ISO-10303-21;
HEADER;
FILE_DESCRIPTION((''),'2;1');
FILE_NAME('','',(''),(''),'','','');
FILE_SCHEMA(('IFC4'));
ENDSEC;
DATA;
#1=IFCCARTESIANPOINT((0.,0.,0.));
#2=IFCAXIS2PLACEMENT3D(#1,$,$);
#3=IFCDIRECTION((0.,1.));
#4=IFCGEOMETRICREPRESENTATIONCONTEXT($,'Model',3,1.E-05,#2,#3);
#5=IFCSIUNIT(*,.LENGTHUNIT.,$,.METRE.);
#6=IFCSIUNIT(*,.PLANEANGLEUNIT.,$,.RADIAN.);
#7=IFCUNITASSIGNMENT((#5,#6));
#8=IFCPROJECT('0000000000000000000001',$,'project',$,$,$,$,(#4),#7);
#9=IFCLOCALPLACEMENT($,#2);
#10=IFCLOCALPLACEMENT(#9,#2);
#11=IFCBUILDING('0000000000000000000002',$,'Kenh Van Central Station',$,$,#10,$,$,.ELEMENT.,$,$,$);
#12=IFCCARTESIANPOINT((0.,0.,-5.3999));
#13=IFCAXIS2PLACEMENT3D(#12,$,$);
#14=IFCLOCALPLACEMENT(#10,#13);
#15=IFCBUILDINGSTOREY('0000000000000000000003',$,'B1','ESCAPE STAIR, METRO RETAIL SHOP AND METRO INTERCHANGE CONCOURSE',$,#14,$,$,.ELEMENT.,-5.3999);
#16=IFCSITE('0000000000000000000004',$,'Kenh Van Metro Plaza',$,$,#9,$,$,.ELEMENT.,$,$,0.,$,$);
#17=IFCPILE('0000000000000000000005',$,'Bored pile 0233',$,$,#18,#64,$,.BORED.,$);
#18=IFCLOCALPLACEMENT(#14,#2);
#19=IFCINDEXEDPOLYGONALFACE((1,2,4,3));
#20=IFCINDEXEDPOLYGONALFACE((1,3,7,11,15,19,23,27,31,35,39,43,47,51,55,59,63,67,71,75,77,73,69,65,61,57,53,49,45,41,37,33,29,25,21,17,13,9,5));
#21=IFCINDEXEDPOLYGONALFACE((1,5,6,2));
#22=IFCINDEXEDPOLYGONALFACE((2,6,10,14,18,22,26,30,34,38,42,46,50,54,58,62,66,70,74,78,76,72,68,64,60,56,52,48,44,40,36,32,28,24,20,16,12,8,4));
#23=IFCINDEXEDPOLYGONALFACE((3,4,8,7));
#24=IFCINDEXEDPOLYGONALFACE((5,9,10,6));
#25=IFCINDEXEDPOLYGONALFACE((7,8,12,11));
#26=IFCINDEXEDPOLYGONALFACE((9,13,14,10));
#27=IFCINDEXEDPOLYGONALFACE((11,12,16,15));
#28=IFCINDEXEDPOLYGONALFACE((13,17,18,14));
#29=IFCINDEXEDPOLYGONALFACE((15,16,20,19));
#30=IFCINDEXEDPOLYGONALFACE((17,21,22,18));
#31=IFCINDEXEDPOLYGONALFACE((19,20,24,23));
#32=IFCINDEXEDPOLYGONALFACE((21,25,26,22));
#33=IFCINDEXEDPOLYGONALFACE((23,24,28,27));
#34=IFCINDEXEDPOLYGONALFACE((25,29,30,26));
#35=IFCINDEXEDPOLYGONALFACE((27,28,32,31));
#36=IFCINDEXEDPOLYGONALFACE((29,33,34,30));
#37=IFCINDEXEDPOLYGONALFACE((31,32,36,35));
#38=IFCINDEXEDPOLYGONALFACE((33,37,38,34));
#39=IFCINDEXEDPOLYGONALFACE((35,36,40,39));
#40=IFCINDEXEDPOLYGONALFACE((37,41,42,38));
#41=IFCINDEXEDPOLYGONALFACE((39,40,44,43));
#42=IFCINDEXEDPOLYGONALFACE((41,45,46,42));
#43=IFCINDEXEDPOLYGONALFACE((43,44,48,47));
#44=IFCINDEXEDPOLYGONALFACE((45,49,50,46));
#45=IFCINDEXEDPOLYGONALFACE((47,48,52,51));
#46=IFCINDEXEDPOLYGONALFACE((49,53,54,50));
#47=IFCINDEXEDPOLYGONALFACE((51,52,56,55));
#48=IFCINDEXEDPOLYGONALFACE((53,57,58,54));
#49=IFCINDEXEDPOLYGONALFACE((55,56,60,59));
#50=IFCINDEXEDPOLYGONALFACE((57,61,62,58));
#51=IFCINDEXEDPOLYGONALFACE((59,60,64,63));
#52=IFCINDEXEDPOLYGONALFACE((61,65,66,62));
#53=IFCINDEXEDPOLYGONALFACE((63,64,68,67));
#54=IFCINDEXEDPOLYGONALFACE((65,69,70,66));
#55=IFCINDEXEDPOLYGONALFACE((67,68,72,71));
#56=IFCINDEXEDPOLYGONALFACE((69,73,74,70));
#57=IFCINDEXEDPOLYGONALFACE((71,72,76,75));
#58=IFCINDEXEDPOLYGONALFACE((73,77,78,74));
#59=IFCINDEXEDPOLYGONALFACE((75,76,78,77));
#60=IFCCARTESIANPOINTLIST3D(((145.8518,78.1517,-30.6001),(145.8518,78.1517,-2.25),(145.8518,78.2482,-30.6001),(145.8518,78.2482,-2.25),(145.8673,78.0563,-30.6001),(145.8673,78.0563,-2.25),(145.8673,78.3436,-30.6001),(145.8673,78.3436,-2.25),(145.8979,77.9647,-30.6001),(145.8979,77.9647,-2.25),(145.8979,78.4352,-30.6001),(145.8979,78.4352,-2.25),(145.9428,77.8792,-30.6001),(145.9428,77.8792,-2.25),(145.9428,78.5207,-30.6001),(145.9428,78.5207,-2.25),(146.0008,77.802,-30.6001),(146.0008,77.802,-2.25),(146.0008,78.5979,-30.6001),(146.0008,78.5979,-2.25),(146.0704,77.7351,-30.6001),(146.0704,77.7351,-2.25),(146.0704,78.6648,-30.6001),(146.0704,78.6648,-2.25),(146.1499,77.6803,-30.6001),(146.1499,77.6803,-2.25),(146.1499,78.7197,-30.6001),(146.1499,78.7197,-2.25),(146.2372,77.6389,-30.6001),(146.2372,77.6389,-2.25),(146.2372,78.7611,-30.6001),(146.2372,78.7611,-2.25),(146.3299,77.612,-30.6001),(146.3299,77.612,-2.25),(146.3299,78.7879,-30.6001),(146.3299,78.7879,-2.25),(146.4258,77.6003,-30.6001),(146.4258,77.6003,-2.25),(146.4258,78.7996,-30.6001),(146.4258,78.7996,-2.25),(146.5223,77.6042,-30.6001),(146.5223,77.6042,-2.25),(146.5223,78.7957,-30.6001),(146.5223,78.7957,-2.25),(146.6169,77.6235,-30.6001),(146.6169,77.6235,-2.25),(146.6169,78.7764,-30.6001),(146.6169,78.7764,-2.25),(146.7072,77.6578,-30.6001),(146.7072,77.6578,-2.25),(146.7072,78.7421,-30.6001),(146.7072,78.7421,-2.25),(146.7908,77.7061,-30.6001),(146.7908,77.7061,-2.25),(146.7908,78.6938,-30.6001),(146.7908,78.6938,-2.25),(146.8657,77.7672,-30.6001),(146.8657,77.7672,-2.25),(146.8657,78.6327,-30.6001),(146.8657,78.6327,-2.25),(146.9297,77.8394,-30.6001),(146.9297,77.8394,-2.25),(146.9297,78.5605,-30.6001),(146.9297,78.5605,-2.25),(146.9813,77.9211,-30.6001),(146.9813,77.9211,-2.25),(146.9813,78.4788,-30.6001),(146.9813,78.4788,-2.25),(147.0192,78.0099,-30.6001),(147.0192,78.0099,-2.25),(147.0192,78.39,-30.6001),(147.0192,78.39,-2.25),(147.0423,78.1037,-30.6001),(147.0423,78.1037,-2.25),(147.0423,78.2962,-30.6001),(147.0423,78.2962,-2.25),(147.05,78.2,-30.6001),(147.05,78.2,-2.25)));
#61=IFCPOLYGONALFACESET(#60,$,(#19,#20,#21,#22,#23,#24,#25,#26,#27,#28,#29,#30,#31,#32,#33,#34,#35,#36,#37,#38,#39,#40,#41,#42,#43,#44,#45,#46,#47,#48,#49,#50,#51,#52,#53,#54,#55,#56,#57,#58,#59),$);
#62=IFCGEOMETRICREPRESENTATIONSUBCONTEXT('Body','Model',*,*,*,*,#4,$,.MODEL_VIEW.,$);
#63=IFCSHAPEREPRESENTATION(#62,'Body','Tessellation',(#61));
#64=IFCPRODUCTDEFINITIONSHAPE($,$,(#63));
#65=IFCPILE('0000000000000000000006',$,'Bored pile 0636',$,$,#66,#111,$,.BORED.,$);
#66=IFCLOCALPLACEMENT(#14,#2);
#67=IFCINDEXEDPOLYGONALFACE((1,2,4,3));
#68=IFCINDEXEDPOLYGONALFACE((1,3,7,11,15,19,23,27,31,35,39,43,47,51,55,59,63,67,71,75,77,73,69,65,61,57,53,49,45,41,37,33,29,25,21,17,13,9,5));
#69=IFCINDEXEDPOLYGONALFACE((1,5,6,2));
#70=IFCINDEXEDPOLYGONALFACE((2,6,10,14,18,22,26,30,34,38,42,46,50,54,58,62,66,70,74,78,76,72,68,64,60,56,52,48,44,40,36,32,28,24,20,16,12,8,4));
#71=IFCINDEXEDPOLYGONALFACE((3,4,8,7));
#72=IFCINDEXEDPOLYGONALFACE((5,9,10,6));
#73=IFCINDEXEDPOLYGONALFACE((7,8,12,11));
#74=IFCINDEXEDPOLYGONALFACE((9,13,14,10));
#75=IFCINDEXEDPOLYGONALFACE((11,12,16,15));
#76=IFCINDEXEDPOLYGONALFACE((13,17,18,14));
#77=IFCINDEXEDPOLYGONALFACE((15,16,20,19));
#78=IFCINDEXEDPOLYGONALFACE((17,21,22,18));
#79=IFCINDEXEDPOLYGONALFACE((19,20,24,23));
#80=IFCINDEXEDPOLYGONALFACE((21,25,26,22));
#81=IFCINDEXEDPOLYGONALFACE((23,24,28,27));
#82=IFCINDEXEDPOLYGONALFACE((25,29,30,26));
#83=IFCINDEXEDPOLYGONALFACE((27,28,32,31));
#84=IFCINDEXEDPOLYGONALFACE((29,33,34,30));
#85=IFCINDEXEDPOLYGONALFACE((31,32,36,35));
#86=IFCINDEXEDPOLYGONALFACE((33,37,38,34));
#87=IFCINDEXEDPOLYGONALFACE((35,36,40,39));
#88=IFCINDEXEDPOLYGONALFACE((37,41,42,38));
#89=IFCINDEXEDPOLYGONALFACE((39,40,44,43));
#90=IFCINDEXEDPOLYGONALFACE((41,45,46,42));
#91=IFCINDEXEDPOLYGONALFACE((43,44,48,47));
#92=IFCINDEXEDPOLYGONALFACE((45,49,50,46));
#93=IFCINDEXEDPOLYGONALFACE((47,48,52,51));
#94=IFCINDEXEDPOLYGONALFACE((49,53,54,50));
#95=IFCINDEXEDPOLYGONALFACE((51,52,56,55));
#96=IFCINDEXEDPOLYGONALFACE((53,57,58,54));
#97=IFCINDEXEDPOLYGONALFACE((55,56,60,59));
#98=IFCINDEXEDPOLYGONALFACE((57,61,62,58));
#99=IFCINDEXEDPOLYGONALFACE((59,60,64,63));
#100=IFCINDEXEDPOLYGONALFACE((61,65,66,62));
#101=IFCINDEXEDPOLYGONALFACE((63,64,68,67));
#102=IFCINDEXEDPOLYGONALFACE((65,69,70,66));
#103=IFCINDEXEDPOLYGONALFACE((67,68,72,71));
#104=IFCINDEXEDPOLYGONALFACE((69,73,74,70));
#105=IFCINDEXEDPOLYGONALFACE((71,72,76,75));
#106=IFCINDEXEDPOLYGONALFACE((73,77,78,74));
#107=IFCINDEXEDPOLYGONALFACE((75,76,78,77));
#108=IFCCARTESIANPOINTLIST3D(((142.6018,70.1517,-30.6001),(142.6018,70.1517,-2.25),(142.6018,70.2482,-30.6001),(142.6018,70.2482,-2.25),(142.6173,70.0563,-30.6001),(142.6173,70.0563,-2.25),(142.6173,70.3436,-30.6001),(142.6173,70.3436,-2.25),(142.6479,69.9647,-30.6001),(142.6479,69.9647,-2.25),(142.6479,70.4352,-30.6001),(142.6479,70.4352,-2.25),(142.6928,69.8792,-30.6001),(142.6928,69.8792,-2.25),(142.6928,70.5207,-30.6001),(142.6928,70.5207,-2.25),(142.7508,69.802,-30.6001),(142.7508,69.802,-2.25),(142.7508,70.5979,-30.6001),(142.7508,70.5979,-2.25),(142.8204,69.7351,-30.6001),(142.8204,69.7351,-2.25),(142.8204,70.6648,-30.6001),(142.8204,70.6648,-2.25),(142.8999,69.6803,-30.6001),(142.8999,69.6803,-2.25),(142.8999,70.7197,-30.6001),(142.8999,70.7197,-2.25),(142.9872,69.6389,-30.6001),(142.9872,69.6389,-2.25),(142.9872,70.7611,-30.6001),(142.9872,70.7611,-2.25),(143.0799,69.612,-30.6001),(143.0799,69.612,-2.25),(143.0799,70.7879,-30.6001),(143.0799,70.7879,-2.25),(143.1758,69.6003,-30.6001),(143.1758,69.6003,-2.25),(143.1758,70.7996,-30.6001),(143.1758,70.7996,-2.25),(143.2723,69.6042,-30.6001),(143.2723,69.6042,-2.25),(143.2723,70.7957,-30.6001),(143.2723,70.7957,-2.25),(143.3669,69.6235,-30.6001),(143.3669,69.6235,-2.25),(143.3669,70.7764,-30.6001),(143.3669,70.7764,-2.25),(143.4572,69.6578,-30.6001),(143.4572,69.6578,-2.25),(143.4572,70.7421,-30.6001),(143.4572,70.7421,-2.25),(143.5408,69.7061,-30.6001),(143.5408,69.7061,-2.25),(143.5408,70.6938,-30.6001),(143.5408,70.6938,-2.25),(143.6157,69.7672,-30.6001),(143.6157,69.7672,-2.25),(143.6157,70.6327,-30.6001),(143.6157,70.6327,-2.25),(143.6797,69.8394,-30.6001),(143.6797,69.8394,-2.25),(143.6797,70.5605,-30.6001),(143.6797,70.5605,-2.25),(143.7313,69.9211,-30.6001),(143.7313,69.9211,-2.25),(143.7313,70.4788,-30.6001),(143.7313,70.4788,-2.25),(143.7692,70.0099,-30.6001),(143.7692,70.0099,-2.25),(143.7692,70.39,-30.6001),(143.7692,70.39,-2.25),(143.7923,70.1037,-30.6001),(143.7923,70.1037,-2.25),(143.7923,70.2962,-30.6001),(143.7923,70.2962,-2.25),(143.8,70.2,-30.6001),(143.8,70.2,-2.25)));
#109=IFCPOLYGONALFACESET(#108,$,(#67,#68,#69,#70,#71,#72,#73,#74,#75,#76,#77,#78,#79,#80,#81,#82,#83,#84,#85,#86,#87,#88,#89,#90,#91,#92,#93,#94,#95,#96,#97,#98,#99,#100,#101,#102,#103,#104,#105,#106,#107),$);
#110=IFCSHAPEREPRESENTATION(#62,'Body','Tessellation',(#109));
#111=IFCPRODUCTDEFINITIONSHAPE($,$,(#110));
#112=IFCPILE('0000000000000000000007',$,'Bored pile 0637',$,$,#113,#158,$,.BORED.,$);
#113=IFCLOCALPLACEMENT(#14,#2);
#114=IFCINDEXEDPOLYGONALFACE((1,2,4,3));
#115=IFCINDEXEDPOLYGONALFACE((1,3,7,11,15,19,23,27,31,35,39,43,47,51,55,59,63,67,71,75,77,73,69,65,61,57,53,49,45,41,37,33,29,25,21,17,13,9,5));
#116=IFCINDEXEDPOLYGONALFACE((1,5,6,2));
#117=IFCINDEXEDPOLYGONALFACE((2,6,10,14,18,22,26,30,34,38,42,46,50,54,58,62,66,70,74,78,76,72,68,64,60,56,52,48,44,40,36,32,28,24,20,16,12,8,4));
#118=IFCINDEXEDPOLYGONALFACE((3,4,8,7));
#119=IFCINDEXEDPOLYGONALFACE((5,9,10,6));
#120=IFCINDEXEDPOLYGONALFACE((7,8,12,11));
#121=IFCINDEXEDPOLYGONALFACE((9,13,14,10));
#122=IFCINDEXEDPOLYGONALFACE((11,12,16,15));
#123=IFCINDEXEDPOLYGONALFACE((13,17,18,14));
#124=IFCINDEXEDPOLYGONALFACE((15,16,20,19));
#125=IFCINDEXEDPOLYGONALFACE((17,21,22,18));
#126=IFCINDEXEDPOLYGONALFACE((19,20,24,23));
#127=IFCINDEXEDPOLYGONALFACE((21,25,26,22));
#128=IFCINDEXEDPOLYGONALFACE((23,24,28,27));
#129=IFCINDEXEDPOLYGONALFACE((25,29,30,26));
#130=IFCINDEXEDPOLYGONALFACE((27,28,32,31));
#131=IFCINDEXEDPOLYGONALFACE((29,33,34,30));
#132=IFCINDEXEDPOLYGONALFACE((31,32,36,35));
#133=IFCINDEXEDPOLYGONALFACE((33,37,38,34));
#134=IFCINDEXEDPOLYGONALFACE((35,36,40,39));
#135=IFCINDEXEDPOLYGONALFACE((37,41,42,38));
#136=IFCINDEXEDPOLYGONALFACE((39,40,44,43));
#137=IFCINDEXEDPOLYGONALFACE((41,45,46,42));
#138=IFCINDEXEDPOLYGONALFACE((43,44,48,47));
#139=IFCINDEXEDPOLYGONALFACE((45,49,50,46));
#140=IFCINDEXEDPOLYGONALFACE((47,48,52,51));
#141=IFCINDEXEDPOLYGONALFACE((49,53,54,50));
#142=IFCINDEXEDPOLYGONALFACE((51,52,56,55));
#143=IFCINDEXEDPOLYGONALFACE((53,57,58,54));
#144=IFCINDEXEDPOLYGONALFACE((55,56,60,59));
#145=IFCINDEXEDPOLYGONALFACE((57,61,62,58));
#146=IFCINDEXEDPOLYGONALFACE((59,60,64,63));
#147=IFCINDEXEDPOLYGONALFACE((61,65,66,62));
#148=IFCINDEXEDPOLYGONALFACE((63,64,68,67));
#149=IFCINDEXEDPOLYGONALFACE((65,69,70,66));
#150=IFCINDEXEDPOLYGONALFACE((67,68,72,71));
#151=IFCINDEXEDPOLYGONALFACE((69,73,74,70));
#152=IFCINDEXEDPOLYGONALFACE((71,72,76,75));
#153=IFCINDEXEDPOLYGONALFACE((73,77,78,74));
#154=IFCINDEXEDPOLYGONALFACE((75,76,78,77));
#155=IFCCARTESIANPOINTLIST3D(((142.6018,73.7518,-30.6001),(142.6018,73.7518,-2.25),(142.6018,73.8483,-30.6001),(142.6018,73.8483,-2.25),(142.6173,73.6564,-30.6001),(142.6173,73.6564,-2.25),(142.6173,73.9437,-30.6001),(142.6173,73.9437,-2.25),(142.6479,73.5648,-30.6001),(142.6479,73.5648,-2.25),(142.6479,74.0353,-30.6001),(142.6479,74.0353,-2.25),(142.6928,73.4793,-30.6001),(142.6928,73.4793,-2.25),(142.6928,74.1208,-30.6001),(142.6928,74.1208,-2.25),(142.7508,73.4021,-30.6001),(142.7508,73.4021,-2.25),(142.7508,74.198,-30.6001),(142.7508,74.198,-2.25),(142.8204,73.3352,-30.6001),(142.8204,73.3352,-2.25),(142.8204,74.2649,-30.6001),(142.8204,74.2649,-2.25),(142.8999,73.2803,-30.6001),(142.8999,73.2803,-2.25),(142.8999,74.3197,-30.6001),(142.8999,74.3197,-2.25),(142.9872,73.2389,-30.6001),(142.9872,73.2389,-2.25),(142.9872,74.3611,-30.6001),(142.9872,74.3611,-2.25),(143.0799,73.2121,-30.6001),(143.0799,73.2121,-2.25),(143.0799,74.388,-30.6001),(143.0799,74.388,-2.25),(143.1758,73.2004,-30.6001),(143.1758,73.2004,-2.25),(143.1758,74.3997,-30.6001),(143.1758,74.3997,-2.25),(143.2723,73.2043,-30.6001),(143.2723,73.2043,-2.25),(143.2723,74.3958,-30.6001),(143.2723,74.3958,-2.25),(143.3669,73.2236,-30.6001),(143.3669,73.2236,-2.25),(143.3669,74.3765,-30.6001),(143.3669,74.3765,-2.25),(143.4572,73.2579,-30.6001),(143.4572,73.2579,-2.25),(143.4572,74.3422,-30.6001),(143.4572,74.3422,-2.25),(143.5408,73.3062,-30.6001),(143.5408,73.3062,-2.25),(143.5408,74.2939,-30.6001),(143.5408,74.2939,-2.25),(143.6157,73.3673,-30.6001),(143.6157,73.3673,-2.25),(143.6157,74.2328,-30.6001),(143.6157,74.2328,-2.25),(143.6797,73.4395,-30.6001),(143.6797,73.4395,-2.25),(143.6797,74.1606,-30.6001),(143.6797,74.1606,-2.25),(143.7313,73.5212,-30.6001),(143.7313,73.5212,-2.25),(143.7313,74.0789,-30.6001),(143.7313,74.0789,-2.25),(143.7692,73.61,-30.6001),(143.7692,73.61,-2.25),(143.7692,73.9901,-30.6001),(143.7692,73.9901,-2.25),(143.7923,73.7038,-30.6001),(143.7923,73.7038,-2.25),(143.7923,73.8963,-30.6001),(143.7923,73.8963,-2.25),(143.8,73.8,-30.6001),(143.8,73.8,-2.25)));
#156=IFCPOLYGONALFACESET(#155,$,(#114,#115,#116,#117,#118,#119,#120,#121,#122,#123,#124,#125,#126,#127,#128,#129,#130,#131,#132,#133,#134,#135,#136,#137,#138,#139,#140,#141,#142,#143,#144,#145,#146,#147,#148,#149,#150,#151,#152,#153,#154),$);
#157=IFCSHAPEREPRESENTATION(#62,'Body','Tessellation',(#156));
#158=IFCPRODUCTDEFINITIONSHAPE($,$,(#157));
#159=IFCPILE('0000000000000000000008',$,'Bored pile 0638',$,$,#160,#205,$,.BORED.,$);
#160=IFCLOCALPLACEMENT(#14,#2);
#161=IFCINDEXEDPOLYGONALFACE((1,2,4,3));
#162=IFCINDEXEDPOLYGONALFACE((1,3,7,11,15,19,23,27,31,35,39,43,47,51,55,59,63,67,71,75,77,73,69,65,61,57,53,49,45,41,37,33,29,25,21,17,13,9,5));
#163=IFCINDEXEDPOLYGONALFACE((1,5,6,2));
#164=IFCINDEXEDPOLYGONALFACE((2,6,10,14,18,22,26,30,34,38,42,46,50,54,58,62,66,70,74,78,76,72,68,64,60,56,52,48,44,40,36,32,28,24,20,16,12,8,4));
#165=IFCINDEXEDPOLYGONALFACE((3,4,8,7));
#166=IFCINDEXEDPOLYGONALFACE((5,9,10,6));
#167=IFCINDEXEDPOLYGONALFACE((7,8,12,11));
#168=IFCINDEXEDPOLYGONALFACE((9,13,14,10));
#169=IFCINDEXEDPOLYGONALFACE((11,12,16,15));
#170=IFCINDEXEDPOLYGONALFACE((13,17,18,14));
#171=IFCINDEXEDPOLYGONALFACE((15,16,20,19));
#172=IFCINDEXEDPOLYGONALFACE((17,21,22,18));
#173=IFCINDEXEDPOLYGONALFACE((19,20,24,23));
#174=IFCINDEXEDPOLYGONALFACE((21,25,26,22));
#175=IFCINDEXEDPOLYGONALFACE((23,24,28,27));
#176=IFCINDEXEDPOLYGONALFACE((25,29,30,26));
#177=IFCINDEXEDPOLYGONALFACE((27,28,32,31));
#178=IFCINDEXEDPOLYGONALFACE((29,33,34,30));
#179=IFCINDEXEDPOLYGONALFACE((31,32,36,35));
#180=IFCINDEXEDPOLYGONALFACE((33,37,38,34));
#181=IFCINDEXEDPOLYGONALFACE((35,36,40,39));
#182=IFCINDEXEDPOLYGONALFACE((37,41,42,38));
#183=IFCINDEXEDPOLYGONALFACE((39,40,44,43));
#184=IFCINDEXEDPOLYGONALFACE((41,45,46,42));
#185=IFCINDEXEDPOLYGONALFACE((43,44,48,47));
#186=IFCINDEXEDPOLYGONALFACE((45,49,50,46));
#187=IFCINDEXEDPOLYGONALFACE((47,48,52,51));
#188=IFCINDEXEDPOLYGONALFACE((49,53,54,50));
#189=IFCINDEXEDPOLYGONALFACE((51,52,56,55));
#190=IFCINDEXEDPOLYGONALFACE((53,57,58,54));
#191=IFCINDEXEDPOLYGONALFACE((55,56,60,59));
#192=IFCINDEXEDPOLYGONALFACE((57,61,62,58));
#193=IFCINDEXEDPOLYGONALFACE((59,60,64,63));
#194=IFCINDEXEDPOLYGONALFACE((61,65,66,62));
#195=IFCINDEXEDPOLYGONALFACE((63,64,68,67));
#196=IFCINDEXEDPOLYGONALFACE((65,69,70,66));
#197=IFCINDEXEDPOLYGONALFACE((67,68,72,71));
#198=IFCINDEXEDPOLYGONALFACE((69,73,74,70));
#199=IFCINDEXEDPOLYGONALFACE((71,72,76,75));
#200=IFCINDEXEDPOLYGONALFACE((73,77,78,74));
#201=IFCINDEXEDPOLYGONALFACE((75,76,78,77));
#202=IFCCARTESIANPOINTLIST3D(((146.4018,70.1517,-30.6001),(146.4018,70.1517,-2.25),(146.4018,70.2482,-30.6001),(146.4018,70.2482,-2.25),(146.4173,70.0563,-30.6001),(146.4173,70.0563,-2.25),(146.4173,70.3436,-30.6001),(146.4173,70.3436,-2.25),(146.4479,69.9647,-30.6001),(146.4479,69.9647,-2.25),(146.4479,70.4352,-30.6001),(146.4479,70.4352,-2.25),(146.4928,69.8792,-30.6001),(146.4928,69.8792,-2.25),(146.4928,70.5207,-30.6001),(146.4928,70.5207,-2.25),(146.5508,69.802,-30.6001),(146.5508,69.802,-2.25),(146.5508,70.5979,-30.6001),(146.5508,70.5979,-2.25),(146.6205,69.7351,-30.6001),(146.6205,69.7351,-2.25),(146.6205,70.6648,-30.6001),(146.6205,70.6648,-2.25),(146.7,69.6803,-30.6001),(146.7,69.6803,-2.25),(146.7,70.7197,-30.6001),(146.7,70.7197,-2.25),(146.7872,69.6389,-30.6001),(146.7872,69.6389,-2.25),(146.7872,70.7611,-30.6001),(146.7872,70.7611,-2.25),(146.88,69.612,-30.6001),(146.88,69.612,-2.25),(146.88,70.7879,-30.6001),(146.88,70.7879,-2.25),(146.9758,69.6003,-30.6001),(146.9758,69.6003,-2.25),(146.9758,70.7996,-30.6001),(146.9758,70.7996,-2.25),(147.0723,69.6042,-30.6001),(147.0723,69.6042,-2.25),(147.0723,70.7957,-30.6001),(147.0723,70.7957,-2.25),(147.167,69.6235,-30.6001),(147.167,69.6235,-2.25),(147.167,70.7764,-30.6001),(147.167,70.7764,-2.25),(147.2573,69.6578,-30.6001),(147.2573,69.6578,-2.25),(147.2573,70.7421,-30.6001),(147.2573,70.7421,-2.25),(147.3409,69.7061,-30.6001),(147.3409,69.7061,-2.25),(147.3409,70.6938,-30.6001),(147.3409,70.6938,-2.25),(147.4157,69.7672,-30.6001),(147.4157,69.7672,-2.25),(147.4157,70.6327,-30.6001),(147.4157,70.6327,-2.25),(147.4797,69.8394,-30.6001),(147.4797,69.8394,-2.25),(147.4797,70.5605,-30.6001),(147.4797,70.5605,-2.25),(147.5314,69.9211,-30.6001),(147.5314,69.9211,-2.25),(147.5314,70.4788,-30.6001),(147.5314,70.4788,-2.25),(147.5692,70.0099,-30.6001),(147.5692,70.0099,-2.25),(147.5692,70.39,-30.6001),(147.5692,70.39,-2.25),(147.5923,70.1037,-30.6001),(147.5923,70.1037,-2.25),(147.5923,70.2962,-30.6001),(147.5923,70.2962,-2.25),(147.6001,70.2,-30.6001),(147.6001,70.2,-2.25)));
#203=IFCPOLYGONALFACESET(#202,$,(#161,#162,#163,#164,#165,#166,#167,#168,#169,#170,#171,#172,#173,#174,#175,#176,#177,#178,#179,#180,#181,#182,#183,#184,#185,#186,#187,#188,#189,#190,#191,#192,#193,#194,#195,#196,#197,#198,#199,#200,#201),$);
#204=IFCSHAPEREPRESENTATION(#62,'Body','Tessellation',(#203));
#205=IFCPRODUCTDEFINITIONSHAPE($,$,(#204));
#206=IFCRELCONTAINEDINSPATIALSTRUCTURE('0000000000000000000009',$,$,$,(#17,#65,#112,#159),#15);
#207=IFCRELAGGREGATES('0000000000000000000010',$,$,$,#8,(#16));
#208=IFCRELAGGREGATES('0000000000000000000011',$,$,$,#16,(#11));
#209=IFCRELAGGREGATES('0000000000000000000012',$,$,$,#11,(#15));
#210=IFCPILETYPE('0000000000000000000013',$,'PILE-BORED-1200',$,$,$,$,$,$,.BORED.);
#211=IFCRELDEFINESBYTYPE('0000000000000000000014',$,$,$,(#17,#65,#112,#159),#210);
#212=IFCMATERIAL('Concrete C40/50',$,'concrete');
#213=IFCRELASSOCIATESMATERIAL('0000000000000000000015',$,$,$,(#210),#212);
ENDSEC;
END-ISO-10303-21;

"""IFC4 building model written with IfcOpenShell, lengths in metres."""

from ifc_helpers import new_model, si_unit, direction, frame, origin, origin_2d, place, context, subcontext, project, spatial, circle, extrude, material, material_profile, profile_set, type_object, element, save


model = new_model("IFC4")

# Units and contexts
model_context = context("Model", 3, precision=1e-05, world=origin(), true_north=direction((0.0, 1.0)))
body_context = subcontext(model_context, "Body", "Model", "MODEL_VIEW")
ifc_project = project(units=[si_unit("LENGTHUNIT", "METRE"), si_unit("PLANEANGLEUNIT", "RADIAN")], contexts=[model_context])

# Site, building, storey
site_placement = place(None, origin())
site = spatial("IfcSite", under=ifc_project, at=site_placement, Name="Kenh Van Metro Plaza", CompositionType="ELEMENT", RefElevation=0.0)
building_placement = place(site_placement, origin())
building = spatial("IfcBuilding", under=site, at=building_placement, Name="Kenh Van Central Station", CompositionType="ELEMENT")
storey_placement = place(building_placement, frame((0.0, 0.0, -5.3999)))
storey = spatial("IfcBuildingStorey", under=building, at=storey_placement, Name="B1", Description="ESCAPE STAIR, METRO RETAIL SHOP AND METRO INTERCHANGE CONCOURSE", CompositionType="ELEMENT", Elevation=-5.3999)

# Shared definitions
ifc_material_1 = material(Name="Concrete C40/50", Category="concrete")

# Piles
ifc_material_profile_1 = material_profile(ifc_material_1, circle(Radius=0.6001, at=origin_2d()), Name="PILE D1200")
ifc_profile_set_1 = profile_set([ifc_material_profile_1], Name="Concrete C40/50")
pile_type_1 = type_object("IfcPileType", Name="PILE-BORED-1200", PredefinedType="BORED", material=ifc_profile_set_1)
for number, where, z_axis, x_axis, name in (
    (1, (146.45, 78.2, -2.25), (0.0, 0.0, -1.0), (1.0, 0.0, 0.0), "Bored pile 0233"),
    (2, (143.2, 70.2, -2.25), (0.0, 0.0, -1.0), (1.0, 0.0, 0.0), "Bored pile 0636"),
    (3, (143.2, 73.8, -2.25), (0.0, 0.0, -1.0), (1.0, 0.0, 0.0), "Bored pile 0637"),
    (4, (147.0, 70.2, -2.25), (0.0, 0.0, -1.0), (1.0, 0.0, 0.0), "Bored pile 0638"),
):
    element("IfcPile", number, at=place(storey_placement, frame(where, z_axis=z_axis, x_axis=x_axis)), inside=storey, type_object=pile_type_1, Name=name, PredefinedType="BORED", context=body_context, shape_type="SweptSolid", body=[
        extrude(circle(Radius=0.6001, at=origin_2d()), origin(), (0.0, 0.0, 1.0), 28.3501),
    ])

save(model, "model.ifc")
